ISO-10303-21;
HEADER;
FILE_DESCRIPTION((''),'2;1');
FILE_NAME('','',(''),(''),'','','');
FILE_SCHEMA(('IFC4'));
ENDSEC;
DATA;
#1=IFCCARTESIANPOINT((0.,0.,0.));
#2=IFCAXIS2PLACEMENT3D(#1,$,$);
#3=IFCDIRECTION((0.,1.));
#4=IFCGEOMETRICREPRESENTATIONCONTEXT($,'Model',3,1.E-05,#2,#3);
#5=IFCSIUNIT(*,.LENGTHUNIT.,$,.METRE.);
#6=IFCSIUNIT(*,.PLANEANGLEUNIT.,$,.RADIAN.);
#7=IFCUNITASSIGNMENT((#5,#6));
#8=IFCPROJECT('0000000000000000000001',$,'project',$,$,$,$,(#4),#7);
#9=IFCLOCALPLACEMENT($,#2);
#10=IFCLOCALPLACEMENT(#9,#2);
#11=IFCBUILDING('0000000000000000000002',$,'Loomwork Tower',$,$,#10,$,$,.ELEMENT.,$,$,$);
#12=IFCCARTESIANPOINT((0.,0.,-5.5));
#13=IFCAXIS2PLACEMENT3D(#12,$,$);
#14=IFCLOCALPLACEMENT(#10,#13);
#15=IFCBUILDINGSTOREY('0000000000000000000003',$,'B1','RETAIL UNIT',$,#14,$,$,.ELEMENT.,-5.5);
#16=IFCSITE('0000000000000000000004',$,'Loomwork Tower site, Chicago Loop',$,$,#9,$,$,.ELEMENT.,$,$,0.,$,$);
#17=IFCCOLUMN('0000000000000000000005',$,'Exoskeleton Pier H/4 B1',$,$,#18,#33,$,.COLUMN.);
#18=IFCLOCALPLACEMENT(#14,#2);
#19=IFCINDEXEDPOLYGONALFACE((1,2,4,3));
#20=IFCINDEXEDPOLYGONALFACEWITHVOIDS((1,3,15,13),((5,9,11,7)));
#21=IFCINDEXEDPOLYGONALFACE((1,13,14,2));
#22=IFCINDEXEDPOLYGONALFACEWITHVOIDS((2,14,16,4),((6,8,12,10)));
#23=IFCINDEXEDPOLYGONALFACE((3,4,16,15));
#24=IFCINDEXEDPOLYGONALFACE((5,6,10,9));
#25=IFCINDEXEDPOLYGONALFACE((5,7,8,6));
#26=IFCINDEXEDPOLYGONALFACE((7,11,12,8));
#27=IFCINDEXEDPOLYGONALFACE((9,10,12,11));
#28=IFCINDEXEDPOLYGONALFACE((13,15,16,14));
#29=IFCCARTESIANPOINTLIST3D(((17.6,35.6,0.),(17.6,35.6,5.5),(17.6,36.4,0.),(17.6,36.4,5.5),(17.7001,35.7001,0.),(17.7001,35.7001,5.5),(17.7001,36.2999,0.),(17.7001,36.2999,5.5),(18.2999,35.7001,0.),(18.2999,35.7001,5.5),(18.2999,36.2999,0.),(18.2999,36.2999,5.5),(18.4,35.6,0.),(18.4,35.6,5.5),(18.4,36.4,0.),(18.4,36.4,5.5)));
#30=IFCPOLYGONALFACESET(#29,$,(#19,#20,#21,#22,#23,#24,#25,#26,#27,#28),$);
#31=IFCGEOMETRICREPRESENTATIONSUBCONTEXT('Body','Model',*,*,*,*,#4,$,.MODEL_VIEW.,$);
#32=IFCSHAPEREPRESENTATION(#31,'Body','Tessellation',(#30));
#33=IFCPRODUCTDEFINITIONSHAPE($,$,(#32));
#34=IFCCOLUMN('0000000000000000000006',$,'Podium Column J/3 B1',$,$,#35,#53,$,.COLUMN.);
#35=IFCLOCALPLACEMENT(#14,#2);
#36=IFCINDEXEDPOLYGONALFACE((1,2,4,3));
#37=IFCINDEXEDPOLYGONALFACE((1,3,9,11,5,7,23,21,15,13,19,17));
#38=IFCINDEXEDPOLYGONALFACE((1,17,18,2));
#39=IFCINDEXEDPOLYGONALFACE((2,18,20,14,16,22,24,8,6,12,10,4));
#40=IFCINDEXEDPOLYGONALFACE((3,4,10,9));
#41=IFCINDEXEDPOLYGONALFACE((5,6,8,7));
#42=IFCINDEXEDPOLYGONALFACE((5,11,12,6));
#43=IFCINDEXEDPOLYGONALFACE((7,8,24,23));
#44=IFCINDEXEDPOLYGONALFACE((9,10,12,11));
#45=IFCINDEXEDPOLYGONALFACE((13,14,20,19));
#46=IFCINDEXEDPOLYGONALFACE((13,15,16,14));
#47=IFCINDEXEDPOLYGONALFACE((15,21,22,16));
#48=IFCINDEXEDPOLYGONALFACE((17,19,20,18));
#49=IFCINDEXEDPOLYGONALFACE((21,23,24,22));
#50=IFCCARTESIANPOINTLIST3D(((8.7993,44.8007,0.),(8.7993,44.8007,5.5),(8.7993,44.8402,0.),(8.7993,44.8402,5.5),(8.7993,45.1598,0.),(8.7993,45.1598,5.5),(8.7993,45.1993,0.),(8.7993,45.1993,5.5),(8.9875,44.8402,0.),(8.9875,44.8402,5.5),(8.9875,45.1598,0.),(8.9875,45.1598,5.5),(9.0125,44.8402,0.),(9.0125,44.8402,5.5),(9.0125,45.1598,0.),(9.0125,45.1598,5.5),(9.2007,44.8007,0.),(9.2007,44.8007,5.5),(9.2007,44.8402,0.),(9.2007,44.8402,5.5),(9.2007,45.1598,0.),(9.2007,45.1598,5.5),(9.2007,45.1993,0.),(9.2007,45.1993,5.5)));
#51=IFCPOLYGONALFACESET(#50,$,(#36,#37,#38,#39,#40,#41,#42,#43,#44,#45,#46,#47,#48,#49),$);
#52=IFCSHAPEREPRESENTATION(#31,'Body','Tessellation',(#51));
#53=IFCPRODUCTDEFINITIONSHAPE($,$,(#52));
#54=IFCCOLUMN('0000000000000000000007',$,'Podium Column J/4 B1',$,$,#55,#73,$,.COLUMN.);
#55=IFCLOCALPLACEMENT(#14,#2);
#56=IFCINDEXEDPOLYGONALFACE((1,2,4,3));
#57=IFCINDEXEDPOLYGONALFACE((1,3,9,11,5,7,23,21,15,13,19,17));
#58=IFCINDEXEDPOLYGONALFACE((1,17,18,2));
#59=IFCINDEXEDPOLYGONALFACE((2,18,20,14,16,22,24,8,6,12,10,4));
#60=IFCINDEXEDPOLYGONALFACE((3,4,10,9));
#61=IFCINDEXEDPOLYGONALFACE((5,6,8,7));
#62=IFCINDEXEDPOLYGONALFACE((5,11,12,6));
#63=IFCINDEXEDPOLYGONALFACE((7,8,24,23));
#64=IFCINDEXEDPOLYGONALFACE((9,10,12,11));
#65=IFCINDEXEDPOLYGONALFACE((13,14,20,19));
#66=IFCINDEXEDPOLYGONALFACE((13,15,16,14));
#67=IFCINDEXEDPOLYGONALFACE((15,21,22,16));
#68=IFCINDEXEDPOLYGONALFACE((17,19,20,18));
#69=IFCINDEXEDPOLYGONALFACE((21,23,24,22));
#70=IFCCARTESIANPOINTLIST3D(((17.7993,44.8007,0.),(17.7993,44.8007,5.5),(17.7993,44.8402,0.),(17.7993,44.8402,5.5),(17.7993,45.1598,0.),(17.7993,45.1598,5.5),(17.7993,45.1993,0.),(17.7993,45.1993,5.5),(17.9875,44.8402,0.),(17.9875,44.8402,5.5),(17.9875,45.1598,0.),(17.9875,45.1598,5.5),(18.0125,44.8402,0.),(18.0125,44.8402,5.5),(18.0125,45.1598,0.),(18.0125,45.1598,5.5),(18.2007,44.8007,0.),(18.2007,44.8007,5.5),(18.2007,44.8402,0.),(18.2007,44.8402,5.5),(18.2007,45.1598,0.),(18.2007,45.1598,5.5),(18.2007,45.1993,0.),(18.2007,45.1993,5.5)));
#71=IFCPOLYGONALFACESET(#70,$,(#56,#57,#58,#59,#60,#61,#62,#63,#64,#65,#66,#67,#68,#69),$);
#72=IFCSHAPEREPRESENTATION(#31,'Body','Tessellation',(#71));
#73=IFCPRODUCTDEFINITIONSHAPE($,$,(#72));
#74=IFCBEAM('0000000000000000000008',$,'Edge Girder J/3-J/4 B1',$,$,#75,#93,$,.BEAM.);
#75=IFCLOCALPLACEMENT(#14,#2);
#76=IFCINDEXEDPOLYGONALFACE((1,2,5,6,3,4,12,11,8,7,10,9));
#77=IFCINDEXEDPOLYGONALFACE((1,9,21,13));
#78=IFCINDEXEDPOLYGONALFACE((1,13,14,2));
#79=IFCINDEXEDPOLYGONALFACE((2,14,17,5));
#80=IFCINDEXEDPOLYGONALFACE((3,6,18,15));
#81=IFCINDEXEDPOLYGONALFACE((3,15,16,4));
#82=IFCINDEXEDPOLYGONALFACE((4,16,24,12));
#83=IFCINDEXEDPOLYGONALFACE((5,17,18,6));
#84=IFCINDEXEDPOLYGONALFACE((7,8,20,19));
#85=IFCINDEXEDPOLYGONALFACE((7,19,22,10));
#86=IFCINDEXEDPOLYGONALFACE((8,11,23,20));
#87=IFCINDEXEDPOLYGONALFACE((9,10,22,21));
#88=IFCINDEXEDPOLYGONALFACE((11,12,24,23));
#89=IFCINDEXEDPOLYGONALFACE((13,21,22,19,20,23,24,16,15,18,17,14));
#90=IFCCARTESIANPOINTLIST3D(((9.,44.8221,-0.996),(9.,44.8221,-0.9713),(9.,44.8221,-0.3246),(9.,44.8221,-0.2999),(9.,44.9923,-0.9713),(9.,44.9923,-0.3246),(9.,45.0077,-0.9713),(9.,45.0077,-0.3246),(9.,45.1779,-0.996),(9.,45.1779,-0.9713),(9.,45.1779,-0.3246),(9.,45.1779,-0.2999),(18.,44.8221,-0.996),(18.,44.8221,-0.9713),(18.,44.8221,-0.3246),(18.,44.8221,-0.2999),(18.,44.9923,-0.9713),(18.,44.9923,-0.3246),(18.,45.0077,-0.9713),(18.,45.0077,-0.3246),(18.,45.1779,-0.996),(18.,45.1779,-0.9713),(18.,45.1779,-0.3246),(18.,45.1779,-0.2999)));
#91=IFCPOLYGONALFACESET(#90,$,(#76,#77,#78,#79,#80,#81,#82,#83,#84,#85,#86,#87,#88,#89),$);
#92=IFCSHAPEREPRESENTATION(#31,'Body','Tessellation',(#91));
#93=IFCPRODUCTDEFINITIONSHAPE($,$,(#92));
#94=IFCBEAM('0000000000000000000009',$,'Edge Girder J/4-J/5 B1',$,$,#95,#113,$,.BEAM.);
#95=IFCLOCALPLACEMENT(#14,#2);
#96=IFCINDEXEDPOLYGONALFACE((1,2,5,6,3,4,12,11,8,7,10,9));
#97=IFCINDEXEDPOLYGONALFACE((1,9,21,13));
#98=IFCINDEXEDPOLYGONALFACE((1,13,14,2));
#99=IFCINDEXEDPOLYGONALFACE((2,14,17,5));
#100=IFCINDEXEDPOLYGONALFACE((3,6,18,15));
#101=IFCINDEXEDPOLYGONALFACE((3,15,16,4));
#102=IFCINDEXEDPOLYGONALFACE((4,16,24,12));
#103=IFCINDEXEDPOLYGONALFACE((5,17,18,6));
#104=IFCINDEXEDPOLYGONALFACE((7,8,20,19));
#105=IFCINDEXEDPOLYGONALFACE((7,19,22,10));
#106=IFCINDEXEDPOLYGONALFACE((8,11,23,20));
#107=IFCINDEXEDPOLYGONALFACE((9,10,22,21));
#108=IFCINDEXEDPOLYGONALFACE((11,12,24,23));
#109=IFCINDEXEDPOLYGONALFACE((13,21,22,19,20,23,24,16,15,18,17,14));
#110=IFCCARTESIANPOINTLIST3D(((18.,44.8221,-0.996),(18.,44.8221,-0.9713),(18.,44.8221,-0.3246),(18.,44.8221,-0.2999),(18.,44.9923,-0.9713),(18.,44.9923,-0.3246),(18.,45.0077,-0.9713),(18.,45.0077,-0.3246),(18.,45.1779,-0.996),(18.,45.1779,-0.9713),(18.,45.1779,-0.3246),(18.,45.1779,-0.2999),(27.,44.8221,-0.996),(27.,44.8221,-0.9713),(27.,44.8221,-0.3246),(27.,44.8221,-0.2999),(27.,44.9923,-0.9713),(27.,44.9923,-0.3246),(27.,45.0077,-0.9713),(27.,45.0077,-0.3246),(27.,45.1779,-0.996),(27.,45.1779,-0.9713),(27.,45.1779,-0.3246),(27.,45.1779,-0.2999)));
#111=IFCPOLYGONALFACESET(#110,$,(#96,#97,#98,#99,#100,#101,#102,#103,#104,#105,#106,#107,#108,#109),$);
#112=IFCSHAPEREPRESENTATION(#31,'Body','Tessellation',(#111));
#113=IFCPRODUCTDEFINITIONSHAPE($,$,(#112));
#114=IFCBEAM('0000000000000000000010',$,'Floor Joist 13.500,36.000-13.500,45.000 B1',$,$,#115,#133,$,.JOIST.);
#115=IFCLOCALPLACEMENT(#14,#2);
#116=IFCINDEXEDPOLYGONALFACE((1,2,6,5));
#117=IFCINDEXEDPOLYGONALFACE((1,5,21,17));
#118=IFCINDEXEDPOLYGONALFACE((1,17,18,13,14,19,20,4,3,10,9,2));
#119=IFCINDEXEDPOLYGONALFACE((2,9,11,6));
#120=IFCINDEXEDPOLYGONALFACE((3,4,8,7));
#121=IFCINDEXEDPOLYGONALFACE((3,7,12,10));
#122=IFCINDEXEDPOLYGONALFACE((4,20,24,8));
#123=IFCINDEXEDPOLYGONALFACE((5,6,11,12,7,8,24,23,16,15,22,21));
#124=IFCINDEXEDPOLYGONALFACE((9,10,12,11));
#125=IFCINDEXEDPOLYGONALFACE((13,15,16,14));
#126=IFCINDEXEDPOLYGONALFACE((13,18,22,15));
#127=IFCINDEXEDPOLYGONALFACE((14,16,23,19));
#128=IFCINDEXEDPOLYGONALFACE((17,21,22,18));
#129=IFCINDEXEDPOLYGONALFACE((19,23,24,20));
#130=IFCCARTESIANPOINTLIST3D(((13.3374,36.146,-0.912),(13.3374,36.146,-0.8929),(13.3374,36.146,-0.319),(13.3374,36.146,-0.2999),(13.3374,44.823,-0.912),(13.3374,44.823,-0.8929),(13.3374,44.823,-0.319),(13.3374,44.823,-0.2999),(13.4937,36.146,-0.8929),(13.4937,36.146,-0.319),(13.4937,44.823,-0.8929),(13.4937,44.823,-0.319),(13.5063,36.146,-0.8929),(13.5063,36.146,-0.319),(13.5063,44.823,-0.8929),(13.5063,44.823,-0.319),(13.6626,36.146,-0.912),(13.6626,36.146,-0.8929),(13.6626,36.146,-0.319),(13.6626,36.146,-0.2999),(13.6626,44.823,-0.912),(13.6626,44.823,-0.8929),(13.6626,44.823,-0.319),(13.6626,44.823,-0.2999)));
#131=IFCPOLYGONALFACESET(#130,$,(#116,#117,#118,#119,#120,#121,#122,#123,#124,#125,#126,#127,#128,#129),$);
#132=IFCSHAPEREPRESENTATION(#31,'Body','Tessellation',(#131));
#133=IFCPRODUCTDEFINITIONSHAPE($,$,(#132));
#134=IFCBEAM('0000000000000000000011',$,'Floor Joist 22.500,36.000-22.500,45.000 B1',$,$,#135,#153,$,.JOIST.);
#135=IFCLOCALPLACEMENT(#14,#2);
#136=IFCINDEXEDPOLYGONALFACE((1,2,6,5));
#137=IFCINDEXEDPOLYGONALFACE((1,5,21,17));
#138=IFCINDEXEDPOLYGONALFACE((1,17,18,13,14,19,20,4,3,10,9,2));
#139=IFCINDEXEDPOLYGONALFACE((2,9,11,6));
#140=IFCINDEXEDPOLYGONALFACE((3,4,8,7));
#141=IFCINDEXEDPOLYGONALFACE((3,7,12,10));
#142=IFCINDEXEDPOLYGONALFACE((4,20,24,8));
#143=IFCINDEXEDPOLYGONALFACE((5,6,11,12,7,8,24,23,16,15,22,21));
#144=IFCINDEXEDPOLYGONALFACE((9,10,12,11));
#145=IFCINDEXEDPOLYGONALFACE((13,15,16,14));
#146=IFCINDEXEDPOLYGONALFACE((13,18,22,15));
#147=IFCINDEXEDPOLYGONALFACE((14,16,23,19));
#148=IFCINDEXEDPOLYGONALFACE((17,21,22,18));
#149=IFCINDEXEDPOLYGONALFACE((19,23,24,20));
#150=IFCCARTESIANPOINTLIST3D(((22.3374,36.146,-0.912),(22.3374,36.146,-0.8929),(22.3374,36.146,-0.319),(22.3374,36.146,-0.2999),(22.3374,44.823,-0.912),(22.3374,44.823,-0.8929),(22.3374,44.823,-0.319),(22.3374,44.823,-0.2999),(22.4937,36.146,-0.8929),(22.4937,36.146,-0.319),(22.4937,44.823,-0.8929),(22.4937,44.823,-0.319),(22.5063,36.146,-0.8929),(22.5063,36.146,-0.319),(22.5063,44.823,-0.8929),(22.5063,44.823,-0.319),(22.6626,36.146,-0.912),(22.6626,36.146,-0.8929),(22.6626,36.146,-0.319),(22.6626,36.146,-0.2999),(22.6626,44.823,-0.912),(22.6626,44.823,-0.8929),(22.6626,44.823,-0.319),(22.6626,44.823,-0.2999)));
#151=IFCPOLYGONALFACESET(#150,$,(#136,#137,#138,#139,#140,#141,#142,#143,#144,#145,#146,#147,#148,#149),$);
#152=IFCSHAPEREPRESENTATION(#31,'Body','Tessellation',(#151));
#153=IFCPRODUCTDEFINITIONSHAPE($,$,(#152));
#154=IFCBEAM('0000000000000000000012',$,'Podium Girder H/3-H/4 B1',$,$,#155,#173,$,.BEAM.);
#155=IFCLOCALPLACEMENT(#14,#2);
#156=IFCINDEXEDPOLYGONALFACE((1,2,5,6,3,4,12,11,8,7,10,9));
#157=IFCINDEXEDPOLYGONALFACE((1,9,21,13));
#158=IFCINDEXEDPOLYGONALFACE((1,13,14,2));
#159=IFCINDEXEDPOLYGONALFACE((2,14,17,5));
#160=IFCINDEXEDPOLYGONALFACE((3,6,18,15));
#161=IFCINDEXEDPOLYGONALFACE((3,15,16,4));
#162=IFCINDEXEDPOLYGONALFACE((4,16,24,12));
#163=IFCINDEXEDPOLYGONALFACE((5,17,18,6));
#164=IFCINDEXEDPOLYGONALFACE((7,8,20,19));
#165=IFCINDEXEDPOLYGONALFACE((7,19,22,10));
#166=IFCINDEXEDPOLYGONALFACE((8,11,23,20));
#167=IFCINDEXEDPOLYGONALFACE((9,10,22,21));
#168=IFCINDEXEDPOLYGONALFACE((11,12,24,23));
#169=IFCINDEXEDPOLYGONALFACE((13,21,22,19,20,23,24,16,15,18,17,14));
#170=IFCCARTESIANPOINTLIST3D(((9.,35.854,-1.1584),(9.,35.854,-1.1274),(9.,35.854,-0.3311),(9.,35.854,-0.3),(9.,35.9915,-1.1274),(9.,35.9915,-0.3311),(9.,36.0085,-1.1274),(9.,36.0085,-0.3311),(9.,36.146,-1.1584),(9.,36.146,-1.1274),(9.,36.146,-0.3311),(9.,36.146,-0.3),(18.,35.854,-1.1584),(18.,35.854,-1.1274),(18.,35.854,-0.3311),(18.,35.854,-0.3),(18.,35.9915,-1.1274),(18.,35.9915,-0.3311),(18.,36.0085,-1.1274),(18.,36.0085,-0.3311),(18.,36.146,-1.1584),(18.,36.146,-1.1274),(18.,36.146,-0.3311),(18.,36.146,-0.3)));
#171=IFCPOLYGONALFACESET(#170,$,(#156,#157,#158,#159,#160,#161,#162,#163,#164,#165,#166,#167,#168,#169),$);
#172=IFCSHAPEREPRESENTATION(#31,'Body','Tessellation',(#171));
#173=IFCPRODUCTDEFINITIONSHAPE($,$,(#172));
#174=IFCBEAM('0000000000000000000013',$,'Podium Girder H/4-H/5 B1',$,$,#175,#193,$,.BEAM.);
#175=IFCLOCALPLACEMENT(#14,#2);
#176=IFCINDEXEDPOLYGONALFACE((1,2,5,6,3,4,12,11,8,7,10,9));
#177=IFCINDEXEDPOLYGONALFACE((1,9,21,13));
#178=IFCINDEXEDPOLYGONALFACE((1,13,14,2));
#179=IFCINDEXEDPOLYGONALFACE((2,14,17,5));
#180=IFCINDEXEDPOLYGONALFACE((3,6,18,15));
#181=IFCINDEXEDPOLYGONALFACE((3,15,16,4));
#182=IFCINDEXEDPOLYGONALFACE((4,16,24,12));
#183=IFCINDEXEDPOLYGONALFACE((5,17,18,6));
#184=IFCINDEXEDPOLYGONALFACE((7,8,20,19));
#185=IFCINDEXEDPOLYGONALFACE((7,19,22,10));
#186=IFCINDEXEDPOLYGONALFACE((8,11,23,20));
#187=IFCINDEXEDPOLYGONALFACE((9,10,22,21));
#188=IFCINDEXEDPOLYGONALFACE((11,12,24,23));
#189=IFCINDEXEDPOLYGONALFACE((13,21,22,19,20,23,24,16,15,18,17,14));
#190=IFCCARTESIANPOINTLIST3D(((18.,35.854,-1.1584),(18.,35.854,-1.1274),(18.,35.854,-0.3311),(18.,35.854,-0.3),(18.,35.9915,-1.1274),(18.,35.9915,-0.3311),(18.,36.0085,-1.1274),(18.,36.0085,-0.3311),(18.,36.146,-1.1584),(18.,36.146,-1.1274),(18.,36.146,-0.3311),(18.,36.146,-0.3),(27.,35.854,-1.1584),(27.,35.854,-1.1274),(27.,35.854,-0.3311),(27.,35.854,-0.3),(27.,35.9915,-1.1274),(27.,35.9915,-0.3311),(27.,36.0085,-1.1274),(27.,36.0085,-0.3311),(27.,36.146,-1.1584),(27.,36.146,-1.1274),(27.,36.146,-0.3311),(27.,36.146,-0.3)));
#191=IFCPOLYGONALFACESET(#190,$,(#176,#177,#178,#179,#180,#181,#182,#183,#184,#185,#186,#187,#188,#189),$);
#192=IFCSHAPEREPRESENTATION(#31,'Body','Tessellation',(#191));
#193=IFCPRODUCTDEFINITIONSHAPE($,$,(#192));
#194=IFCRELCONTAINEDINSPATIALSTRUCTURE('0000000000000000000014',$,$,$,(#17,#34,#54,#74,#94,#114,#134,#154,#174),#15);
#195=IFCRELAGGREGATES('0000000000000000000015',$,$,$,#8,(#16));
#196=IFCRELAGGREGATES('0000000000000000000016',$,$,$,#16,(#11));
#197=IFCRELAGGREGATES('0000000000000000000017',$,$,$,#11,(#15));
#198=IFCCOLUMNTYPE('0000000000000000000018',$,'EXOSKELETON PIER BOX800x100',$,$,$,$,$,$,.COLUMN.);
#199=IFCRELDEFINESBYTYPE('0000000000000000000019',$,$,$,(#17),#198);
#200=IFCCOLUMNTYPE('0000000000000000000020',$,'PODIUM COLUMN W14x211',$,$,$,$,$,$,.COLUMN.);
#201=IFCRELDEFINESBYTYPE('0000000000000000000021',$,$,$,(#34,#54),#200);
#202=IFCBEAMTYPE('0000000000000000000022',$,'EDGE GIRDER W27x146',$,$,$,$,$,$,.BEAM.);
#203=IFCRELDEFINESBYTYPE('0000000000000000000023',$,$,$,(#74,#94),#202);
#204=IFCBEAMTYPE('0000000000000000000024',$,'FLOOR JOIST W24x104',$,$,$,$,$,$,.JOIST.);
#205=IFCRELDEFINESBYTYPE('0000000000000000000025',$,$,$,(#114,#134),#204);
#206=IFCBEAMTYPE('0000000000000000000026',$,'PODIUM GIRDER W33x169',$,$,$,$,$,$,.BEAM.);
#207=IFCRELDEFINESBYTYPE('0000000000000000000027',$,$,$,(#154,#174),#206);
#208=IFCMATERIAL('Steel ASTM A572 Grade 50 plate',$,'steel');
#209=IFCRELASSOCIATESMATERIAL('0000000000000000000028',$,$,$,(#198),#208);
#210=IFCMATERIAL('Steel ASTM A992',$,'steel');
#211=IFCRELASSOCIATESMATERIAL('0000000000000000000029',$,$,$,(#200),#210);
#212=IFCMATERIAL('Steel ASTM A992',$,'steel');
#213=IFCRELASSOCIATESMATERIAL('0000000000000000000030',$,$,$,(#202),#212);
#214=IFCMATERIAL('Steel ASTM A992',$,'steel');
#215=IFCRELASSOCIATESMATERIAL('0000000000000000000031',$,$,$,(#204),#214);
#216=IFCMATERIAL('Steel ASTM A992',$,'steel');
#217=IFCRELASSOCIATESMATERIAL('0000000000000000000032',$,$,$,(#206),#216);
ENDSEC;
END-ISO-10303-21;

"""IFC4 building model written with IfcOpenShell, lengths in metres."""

from ifc_helpers import new_model, si_unit, direction, frame, origin, origin_2d, place, context, subcontext, project, spatial, hollow_rectangle, i_section, extrude, material, material_profile, profile_set, type_object, element, save


model = new_model("IFC4")

# Units and contexts
model_context = context("Model", 3, precision=1e-05, world=origin(), true_north=direction((0.0, 1.0)))
body_context = subcontext(model_context, "Body", "Model", "MODEL_VIEW")
ifc_project = project(units=[si_unit("LENGTHUNIT", "METRE"), si_unit("PLANEANGLEUNIT", "RADIAN")], contexts=[model_context])

# Site, building, storey
site_placement = place(None, origin())
site = spatial("IfcSite", under=ifc_project, at=site_placement, Name="Loomwork Tower site, Chicago Loop", CompositionType="ELEMENT", RefElevation=0.0)
building_placement = place(site_placement, origin())
building = spatial("IfcBuilding", under=site, at=building_placement, Name="Loomwork Tower", CompositionType="ELEMENT")
storey_placement = place(building_placement, frame((0.0, 0.0, -5.5)))
storey = spatial("IfcBuildingStorey", under=building, at=storey_placement, Name="B1", Description="RETAIL UNIT", CompositionType="ELEMENT", Elevation=-5.5)

# Columns
ifc_material_1 = material(Name="Steel ASTM A572 Grade 50 plate", Category="steel")
ifc_material_profile_1 = material_profile(ifc_material_1, hollow_rectangle(XDim=0.8, YDim=0.8, WallThickness=0.1001, at=origin_2d()), Name="BOX800x100")
ifc_profile_set_1 = profile_set([ifc_material_profile_1], Name="Steel ASTM A572 Grade 50 plate")
column_type_1 = type_object("IfcColumnType", Name="EXOSKELETON PIER BOX800x100", PredefinedType="COLUMN", material=ifc_profile_set_1)
column_placement = place(storey_placement, frame((18.0, 36.0, 0.0), z_axis=(0.0, 0.0, 1.0), x_axis=(1.0, 0.0, 0.0)))
element("IfcColumn", 1, at=column_placement, inside=storey, type_object=column_type_1, Name="Exoskeleton Pier H/4 B1", PredefinedType="COLUMN", context=body_context, shape_type="SweptSolid", body=[
    extrude(hollow_rectangle(XDim=0.8, YDim=0.8, WallThickness=0.1001, at=origin_2d()), origin(), (0.0, 0.0, 1.0), 5.5),
])
ifc_material_2 = material(Name="Steel ASTM A992", Category="steel")
ifc_material_profile_2 = material_profile(ifc_material_2, i_section(OverallWidth=0.4014, OverallDepth=0.3987, WebThickness=0.0249, FlangeThickness=0.0396, at=origin_2d()), Name="W14x211")
ifc_profile_set_2 = profile_set([ifc_material_profile_2], Name="Steel ASTM A992")
column_type_2 = type_object("IfcColumnType", Name="PODIUM COLUMN W14x211", PredefinedType="COLUMN", material=ifc_profile_set_2)
for number, where, z_axis, x_axis, name in (
    (2, (9.0, 45.0, 0.0), (0.0, 0.0, 1.0), (1.0, 0.0, 0.0), "Podium Column J/3 B1"),
    (3, (18.0, 45.0, 0.0), (0.0, 0.0, 1.0), (1.0, 0.0, 0.0), "Podium Column J/4 B1"),
):
    element("IfcColumn", number, at=place(storey_placement, frame(where, z_axis=z_axis, x_axis=x_axis)), inside=storey, type_object=column_type_2, Name=name, PredefinedType="COLUMN", context=body_context, shape_type="SweptSolid", body=[
        extrude(i_section(OverallWidth=0.4014, OverallDepth=0.3987, WebThickness=0.0249, FlangeThickness=0.0396, at=origin_2d()), origin(), (0.0, 0.0, 1.0), 5.5),
    ])

# Beams
ifc_material_3 = material(Name="Steel ASTM A992", Category="steel")
ifc_material_profile_3 = material_profile(ifc_material_3, i_section(OverallWidth=0.3557, OverallDepth=0.696, WebThickness=0.0154, FlangeThickness=0.0247, at=origin_2d()), Name="W27x146")
ifc_profile_set_3 = profile_set([ifc_material_profile_3], Name="Steel ASTM A992")
beam_type_1 = type_object("IfcBeamType", Name="EDGE GIRDER W27x146", PredefinedType="BEAM", material=ifc_profile_set_3)
for number, where, z_axis, x_axis, name in (
    (4, (9.0, 45.0, -0.6479), (1.0, 0.0, 0.0), (0.0, 1.0, 0.0), "Edge Girder J/3-J/4 B1"),
    (5, (18.0, 45.0, -0.6479), (1.0, 0.0, 0.0), (0.0, 1.0, 0.0), "Edge Girder J/4-J/5 B1"),
):
    element("IfcBeam", number, at=place(storey_placement, frame(where, z_axis=z_axis, x_axis=x_axis)), inside=storey, type_object=beam_type_1, Name=name, PredefinedType="BEAM", context=body_context, shape_type="SweptSolid", body=[
        extrude(i_section(OverallWidth=0.3557, OverallDepth=0.696, WebThickness=0.0154, FlangeThickness=0.0247, at=origin_2d()), origin(), (0.0, 0.0, 1.0), 9.0),
    ])
ifc_material_4 = material(Name="Steel ASTM A992", Category="steel")
ifc_material_profile_4 = material_profile(ifc_material_4, i_section(OverallWidth=0.3252, OverallDepth=0.6121, WebThickness=0.0127, FlangeThickness=0.019, at=origin_2d()), Name="W24x104")
ifc_profile_set_4 = profile_set([ifc_material_profile_4], Name="Steel ASTM A992")
beam_type_2 = type_object("IfcBeamType", Name="FLOOR JOIST W24x104", PredefinedType="JOIST", material=ifc_profile_set_4)
for number, where, z_axis, x_axis, name in (
    (6, (13.5, 36.146, -0.606), (0.0, 1.0, 0.0), (-1.0, 0.0, 0.0), "Floor Joist 13.500,36.000-13.500,45.000 B1"),
    (7, (22.5, 36.146, -0.606), (0.0, 1.0, 0.0), (-1.0, 0.0, 0.0), "Floor Joist 22.500,36.000-22.500,45.000 B1"),
):
    element("IfcBeam", number, at=place(storey_placement, frame(where, z_axis=z_axis, x_axis=x_axis)), inside=storey, type_object=beam_type_2, Name=name, PredefinedType="JOIST", context=body_context, shape_type="SweptSolid", body=[
        extrude(i_section(OverallWidth=0.3252, OverallDepth=0.6121, WebThickness=0.0127, FlangeThickness=0.019, at=origin_2d()), origin(), (0.0, 0.0, 1.0), 8.677),
    ])
ifc_material_5 = material(Name="Steel ASTM A992", Category="steel")
ifc_material_profile_5 = material_profile(ifc_material_5, i_section(OverallWidth=0.292, OverallDepth=0.8584, WebThickness=0.0171, FlangeThickness=0.031, at=origin_2d()), Name="W33x169")
ifc_profile_set_5 = profile_set([ifc_material_profile_5], Name="Steel ASTM A992")
beam_type_3 = type_object("IfcBeamType", Name="PODIUM GIRDER W33x169", PredefinedType="BEAM", material=ifc_profile_set_5)
for number, where, z_axis, x_axis, name in (
    (8, (9.0, 36.0, -0.7292), (1.0, 0.0, 0.0), (0.0, 1.0, 0.0), "Podium Girder H/3-H/4 B1"),
    (9, (18.0, 36.0, -0.7292), (1.0, 0.0, 0.0), (0.0, 1.0, 0.0), "Podium Girder H/4-H/5 B1"),
):
    element("IfcBeam", number, at=place(storey_placement, frame(where, z_axis=z_axis, x_axis=x_axis)), inside=storey, type_object=beam_type_3, Name=name, PredefinedType="BEAM", context=body_context, shape_type="SweptSolid", body=[
        extrude(i_section(OverallWidth=0.292, OverallDepth=0.8584, WebThickness=0.0171, FlangeThickness=0.031, at=origin_2d()), origin(), (0.0, 0.0, 1.0), 9.0),
    ])

save(model, "model.ifc")
